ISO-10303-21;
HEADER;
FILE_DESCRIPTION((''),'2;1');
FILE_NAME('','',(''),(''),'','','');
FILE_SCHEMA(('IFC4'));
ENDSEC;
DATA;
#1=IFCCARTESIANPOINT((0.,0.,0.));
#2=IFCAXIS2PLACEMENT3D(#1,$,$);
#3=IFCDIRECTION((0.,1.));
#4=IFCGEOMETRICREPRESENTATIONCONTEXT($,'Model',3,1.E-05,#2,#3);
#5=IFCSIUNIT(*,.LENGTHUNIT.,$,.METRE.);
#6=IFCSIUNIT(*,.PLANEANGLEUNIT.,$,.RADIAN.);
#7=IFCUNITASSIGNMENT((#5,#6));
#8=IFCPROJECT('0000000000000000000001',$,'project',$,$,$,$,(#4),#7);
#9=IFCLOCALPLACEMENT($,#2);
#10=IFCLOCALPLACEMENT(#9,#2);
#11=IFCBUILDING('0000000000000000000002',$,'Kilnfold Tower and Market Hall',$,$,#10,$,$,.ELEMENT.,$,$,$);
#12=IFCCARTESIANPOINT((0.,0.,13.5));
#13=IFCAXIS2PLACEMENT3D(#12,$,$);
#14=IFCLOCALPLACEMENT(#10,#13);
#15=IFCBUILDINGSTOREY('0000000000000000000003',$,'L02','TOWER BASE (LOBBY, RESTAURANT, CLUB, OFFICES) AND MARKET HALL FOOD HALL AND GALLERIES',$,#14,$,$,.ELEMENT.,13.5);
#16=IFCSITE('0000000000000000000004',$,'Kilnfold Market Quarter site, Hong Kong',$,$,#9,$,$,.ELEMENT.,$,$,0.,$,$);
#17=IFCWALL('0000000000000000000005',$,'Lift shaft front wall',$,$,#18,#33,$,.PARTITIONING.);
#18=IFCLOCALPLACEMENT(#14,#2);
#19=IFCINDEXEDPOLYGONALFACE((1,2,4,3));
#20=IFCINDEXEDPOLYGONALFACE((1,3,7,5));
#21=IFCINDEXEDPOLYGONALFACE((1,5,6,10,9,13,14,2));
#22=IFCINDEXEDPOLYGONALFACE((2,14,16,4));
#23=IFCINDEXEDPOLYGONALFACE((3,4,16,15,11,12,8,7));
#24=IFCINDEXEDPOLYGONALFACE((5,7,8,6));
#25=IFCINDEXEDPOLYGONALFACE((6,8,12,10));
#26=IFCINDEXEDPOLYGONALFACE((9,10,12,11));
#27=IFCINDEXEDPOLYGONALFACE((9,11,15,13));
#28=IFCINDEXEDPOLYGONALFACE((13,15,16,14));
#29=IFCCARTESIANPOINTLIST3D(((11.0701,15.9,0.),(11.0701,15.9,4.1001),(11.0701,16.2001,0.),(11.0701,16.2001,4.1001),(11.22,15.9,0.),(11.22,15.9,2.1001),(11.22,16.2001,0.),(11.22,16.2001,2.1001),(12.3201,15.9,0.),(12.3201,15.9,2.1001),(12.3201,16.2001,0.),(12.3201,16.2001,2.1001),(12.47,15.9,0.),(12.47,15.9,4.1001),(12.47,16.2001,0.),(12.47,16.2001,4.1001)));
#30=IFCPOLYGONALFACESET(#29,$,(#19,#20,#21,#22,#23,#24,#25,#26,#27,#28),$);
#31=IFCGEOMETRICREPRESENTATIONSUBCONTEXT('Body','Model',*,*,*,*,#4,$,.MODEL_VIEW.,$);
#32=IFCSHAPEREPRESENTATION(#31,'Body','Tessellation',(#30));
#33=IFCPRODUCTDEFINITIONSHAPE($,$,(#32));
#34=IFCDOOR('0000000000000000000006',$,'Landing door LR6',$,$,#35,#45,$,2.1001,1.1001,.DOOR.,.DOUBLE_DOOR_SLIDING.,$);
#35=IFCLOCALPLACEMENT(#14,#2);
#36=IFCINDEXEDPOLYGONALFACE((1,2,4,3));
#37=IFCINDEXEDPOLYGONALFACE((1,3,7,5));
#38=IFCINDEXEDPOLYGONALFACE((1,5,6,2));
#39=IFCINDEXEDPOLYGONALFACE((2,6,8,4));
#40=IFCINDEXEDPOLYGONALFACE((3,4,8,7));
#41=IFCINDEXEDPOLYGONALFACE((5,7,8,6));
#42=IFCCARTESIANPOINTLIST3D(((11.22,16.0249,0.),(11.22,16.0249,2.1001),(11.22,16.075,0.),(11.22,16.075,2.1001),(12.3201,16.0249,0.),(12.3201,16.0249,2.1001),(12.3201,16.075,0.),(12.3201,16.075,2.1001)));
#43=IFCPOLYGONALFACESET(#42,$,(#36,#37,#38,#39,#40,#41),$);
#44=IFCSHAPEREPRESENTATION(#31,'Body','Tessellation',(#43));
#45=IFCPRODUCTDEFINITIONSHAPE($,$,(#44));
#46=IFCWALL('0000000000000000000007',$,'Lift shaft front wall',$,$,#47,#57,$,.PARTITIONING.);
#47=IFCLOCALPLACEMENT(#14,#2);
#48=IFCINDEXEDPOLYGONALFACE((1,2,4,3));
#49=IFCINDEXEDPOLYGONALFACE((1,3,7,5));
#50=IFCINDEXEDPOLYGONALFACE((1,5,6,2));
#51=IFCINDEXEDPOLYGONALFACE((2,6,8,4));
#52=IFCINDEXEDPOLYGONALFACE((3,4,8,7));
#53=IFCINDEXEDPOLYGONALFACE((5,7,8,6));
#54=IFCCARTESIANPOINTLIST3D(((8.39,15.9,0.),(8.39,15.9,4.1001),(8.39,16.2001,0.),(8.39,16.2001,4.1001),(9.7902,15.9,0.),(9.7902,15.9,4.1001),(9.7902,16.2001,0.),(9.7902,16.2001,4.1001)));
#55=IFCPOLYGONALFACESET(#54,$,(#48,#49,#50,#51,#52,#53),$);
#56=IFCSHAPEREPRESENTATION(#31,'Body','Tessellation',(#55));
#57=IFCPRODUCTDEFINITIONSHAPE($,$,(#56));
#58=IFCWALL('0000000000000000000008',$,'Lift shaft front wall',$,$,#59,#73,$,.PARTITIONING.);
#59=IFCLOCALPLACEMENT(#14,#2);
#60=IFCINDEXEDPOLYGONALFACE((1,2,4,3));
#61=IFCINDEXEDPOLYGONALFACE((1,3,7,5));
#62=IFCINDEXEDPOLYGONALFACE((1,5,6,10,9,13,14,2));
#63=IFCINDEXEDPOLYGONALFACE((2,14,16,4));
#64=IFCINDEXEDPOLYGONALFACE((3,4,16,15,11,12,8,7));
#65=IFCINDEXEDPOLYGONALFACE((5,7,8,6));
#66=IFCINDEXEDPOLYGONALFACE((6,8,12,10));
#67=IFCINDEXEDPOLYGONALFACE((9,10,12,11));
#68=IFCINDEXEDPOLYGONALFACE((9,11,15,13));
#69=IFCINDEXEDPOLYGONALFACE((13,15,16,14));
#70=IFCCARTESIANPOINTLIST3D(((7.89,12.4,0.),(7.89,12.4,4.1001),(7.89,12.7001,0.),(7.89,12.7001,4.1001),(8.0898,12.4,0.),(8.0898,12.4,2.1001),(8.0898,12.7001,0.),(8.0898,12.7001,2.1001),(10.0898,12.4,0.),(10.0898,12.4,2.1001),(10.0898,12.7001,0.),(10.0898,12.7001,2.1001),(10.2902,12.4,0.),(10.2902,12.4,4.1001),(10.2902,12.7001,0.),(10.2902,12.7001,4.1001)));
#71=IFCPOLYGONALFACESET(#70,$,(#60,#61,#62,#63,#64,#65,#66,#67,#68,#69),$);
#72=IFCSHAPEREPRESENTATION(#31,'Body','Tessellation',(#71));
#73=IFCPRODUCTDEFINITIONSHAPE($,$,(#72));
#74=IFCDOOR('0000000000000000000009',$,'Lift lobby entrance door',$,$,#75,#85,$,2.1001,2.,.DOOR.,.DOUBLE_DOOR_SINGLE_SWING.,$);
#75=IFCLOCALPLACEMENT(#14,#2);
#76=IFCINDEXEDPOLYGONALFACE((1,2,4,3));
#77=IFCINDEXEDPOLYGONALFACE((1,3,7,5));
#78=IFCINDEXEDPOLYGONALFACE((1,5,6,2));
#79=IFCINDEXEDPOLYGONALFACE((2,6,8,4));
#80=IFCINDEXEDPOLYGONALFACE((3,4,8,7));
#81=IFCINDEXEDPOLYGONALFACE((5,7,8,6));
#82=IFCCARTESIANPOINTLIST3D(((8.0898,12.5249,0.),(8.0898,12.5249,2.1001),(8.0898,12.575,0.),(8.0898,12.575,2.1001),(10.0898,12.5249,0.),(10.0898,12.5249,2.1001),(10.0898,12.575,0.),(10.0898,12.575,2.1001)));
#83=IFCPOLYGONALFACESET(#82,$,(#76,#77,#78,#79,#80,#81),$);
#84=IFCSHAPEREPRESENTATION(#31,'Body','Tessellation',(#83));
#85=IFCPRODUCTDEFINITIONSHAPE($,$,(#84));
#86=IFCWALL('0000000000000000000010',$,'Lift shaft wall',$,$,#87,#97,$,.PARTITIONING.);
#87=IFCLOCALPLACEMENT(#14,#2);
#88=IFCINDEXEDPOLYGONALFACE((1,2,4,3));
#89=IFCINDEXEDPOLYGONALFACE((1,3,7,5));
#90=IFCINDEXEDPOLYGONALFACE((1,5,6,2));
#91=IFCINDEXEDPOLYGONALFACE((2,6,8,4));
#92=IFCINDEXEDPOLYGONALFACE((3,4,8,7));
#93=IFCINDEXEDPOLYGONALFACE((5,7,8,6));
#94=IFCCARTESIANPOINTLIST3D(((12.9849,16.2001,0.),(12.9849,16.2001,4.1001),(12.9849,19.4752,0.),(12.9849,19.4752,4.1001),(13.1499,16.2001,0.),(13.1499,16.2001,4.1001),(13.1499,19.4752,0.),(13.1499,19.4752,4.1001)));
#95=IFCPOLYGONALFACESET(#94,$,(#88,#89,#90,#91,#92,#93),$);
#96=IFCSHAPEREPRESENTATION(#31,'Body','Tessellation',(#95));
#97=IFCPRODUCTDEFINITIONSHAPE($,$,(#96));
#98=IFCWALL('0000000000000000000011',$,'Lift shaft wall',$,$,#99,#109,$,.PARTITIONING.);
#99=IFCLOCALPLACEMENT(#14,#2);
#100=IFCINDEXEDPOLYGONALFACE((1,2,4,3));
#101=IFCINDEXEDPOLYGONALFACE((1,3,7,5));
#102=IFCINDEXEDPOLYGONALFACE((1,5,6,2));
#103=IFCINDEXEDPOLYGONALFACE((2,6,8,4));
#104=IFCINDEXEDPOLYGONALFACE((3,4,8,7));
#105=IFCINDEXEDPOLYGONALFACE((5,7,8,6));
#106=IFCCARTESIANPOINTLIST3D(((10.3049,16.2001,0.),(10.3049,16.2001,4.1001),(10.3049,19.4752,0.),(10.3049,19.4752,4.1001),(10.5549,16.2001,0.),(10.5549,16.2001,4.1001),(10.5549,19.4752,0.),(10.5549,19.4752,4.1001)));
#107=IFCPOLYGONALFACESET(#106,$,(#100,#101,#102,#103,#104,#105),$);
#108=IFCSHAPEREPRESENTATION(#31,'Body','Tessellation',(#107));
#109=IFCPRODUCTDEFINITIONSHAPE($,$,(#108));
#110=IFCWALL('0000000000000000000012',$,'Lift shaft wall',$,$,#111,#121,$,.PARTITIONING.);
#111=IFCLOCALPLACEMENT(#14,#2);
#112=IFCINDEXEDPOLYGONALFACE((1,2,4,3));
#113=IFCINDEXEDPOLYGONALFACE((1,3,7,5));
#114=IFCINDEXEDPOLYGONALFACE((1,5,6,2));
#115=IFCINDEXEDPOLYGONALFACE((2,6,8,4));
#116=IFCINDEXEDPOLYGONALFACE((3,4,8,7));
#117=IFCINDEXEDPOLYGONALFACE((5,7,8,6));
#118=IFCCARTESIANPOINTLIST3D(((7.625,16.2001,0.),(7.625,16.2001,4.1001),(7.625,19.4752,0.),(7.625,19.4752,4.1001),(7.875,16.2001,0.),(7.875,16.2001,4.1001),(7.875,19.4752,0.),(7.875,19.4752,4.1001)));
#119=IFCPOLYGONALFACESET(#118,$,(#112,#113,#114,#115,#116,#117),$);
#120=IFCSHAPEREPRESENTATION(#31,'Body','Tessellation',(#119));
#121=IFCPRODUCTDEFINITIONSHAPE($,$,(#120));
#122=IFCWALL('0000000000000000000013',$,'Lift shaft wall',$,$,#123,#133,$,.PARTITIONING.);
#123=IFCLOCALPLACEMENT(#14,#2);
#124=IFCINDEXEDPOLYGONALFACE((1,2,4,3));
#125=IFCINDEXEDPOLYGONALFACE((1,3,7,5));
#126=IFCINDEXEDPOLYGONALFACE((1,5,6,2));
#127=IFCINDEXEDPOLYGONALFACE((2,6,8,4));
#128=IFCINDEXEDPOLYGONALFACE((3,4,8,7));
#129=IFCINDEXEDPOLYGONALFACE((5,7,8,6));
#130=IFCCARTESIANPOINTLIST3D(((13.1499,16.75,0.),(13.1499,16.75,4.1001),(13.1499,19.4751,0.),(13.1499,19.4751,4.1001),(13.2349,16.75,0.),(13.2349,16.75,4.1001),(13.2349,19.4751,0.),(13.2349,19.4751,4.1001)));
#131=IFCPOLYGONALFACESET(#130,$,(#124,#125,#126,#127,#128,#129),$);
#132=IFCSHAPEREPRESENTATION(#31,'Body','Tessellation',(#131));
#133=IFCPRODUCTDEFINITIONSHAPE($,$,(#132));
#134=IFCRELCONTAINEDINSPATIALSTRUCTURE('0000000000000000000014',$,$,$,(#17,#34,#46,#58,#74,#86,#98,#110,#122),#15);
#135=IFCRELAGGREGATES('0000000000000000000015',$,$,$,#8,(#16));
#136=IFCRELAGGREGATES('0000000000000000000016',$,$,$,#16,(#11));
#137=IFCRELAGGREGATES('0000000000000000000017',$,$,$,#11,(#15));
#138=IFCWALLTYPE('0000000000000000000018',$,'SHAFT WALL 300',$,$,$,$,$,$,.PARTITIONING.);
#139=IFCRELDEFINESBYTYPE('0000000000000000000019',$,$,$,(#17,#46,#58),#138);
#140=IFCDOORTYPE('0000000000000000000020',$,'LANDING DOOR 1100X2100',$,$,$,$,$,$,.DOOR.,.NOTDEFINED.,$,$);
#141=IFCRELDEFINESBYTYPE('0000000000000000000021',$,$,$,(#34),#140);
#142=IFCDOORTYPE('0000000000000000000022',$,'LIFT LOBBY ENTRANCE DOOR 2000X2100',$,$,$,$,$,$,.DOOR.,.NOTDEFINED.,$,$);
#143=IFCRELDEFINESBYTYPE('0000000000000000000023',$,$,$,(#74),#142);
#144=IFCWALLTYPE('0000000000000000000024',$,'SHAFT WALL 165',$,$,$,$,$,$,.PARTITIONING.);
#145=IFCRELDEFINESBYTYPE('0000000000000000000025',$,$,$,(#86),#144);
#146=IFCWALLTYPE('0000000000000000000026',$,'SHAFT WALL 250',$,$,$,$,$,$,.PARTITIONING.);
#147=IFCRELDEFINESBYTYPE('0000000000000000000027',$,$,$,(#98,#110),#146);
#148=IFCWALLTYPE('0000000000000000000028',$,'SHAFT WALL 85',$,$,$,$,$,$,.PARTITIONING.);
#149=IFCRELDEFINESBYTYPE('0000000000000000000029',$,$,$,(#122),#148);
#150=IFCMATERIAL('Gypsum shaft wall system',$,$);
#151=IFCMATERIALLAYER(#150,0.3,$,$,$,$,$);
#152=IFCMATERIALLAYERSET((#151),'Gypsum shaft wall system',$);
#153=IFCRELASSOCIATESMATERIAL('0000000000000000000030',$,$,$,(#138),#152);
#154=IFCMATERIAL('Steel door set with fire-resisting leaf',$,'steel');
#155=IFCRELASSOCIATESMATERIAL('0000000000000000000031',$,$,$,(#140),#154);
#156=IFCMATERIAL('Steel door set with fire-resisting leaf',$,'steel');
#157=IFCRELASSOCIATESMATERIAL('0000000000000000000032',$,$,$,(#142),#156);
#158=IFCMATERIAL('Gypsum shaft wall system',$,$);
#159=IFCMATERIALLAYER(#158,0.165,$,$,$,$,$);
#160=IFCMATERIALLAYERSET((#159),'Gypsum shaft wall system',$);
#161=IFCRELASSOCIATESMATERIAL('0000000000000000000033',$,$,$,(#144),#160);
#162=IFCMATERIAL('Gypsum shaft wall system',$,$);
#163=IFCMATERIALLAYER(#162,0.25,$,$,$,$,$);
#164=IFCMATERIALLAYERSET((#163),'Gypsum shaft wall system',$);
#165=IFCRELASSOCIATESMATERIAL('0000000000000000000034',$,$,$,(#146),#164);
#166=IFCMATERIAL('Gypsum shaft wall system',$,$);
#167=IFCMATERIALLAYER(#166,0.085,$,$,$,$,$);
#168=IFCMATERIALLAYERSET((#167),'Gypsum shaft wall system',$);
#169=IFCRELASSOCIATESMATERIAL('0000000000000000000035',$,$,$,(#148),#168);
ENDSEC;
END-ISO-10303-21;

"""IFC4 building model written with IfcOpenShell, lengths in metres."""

from ifc_helpers import new_model, si_unit, direction, frame, frame_2d, origin, place, context, subcontext, project, spatial, rectangle, extrude, source, transform, mapped, material, layer, layer_set, type_object, element, fill, save


model = new_model("IFC4")

# Units and contexts
model_context = context("Model", 3, precision=1e-05, world=origin(), true_north=direction((0.0, 1.0)))
body_context = subcontext(model_context, "Body", "Model", "MODEL_VIEW")
ifc_project = project(units=[si_unit("LENGTHUNIT", "METRE"), si_unit("PLANEANGLEUNIT", "RADIAN")], contexts=[model_context])

# Site, building, storey
site_placement = place(None, origin())
site = spatial("IfcSite", under=ifc_project, at=site_placement, Name="Kilnfold Market Quarter site, Hong Kong", CompositionType="ELEMENT", RefElevation=0.0)
building_placement = place(site_placement, origin())
building = spatial("IfcBuilding", under=site, at=building_placement, Name="Kilnfold Tower and Market Hall", CompositionType="ELEMENT")
storey_placement = place(building_placement, frame((0.0, 0.0, 13.5)))
storey = spatial("IfcBuildingStorey", under=building, at=storey_placement, Name="L02", Description="TOWER BASE (LOBBY, RESTAURANT, CLUB, OFFICES) AND MARKET HALL FOOD HALL AND GALLERIES", CompositionType="ELEMENT", Elevation=13.5)

# Wall, opening, door
ifc_material_1 = material(Name="Gypsum shaft wall system")
ifc_layer_1 = layer(ifc_material_1, 0.3)
ifc_layer_set_1 = layer_set([ifc_layer_1], Name="Gypsum shaft wall system")
wall_type_1 = type_object("IfcWallType", Name="SHAFT WALL 300", PredefinedType="PARTITIONING", material=ifc_layer_set_1)
shared_shape_1 = source(origin(), body_context, "Body", "SweptSolid", [
    extrude(rectangle(XDim=1.3999, YDim=0.3, at=frame_2d((0.7, 0.0))), origin(), (0.0, 0.0, 1.0), 4.1001),
])
wall_1_placement = place(storey_placement, frame((11.0701, 16.05, 0.0), z_axis=(0.0, 0.0, 1.0), x_axis=(1.0, 0.0, 0.0)))
wall_1 = element("IfcWall", 1, at=wall_1_placement, inside=storey, type_object=wall_type_1, Name="Lift shaft front wall", PredefinedType="PARTITIONING", context=body_context, shape_type="MappedRepresentation", body=[
    mapped(shared_shape_1, transform((0.0, 0.0, 0.0))),
])
opening_1_placement = place(wall_1_placement, frame((0.1499, 0.0, 0.0)))
opening_1 = element("IfcOpeningElement", 2, at=opening_1_placement, cuts=wall_1, PredefinedType="OPENING", context=body_context, shape_type="SweptSolid", body=[
    extrude(rectangle(XDim=1.1001, YDim=2.1001, at=frame_2d((0.55, 1.05))), frame((0.0, 0.1602, 0.0), z_axis=(0.0, -1.0, 0.0), x_axis=(1.0, 0.0, 0.0)), (0.0, 0.0, 1.0), 0.3201),
])
ifc_material_2 = material(Name="Steel door set with fire-resisting leaf", Category="steel")
door_type_1 = type_object("IfcDoorType", Name="LANDING DOOR 1100X2100", OperationType="NOTDEFINED", PredefinedType="DOOR", material=ifc_material_2)
door_1_placement = place(opening_1_placement, origin())
door_1 = element("IfcDoor", 3, at=door_1_placement, inside=storey, type_object=door_type_1, Name="Landing door LR6", OperationType="DOUBLE_DOOR_SLIDING", OverallHeight=2.1001, OverallWidth=1.1001, PredefinedType="DOOR", context=body_context, shape_type="SweptSolid", body=[
    extrude(rectangle(XDim=1.1001, YDim=2.1001, at=frame_2d((0.55, 1.05))), frame((0.0, 0.0249, 0.0), z_axis=(0.0, -1.0, 0.0), x_axis=(1.0, 0.0, 0.0)), (0.0, 0.0, 1.0), 0.05),
])
fill(opening_1, door_1)

# Wall
shared_shape_2 = source(origin(), body_context, "Body", "SweptSolid", [
    extrude(rectangle(XDim=1.4001, YDim=0.3, at=frame_2d((0.7002, 0.0))), origin(), (0.0, 0.0, 1.0), 4.1001),
])
wall_2_placement = place(storey_placement, frame((8.3899, 16.05, 0.0), z_axis=(0.0, 0.0, 1.0), x_axis=(1.0, 0.0, 0.0)))
element("IfcWall", 4, at=wall_2_placement, inside=storey, type_object=wall_type_1, Name="Lift shaft front wall", PredefinedType="PARTITIONING", context=body_context, shape_type="MappedRepresentation", body=[
    mapped(shared_shape_2, transform((0.0, 0.0, 0.0))),
])

# Wall, opening, door
shared_shape_3 = source(origin(), body_context, "Body", "SweptSolid", [
    extrude(rectangle(XDim=2.4001, YDim=0.3, at=frame_2d((1.2002, 0.0))), origin(), (0.0, 0.0, 1.0), 4.1001),
])
wall_3_placement = place(storey_placement, frame((7.8899, 12.55, 0.0), z_axis=(0.0, 0.0, 1.0), x_axis=(1.0, 0.0, 0.0)))
wall_3 = element("IfcWall", 5, at=wall_3_placement, inside=storey, type_object=wall_type_1, Name="Lift shaft front wall", PredefinedType="PARTITIONING", context=body_context, shape_type="MappedRepresentation", body=[
    mapped(shared_shape_3, transform((0.0, 0.0, 0.0))),
])
opening_2_placement = place(wall_3_placement, frame((0.2, 0.0, 0.0)))
opening_2 = element("IfcOpeningElement", 6, at=opening_2_placement, cuts=wall_3, PredefinedType="OPENING", context=body_context, shape_type="SweptSolid", body=[
    extrude(rectangle(XDim=2.0, YDim=2.1001, at=frame_2d((1.0, 1.05))), frame((0.0, 0.1602, 0.0), z_axis=(0.0, -1.0, 0.0), x_axis=(1.0, 0.0, 0.0)), (0.0, 0.0, 1.0), 0.3201),
])
ifc_material_3 = material(Name="Steel door set with fire-resisting leaf", Category="steel")
door_type_2 = type_object("IfcDoorType", Name="LIFT LOBBY ENTRANCE DOOR 2000X2100", OperationType="NOTDEFINED", PredefinedType="DOOR", material=ifc_material_3)
door_2_placement = place(opening_2_placement, origin())
door_2 = element("IfcDoor", 7, at=door_2_placement, inside=storey, type_object=door_type_2, Name="Lift lobby entrance door", OperationType="DOUBLE_DOOR_SINGLE_SWING", OverallHeight=2.1001, OverallWidth=2.0, PredefinedType="DOOR", context=body_context, shape_type="SweptSolid", body=[
    extrude(rectangle(XDim=2.0, YDim=2.1001, at=frame_2d((1.0, 1.05))), frame((0.0, 0.0249, 0.0), z_axis=(0.0, -1.0, 0.0), x_axis=(1.0, 0.0, 0.0)), (0.0, 0.0, 1.0), 0.05),
])
fill(opening_2, door_2)

# Walls
ifc_material_4 = material(Name="Gypsum shaft wall system")
ifc_layer_2 = layer(ifc_material_4, 0.165)
ifc_layer_set_2 = layer_set([ifc_layer_2], Name="Gypsum shaft wall system")
wall_type_2 = type_object("IfcWallType", Name="SHAFT WALL 165", PredefinedType="PARTITIONING", material=ifc_layer_set_2)
shared_shape_4 = source(origin(), body_context, "Body", "SweptSolid", [
    extrude(rectangle(XDim=3.2751, YDim=0.165, at=frame_2d((1.6377, 0.0))), origin(), (0.0, 0.0, 1.0), 4.1001),
])
wall_4_placement = place(storey_placement, frame((13.0674, 16.2, 0.0), z_axis=(0.0, 0.0, 1.0), x_axis=(0.0, 1.0, 0.0)))
element("IfcWall", 8, at=wall_4_placement, inside=storey, type_object=wall_type_2, Name="Lift shaft wall", PredefinedType="PARTITIONING", context=body_context, shape_type="MappedRepresentation", body=[
    mapped(shared_shape_4, transform((0.0, 0.0, 0.0))),
])
ifc_material_5 = material(Name="Gypsum shaft wall system")
ifc_layer_3 = layer(ifc_material_5, 0.25)
ifc_layer_set_3 = layer_set([ifc_layer_3], Name="Gypsum shaft wall system")
wall_type_3 = type_object("IfcWallType", Name="SHAFT WALL 250", PredefinedType="PARTITIONING", material=ifc_layer_set_3)
shared_shape_5 = source(origin(), body_context, "Body", "SweptSolid", [
    extrude(rectangle(XDim=3.2751, YDim=0.25, at=frame_2d((1.6377, 0.0))), origin(), (0.0, 0.0, 1.0), 4.1001),
])
for number, where, z_axis, x_axis, name in (
    (9, (10.4299, 16.2, 0.0), (0.0, 0.0, 1.0), (0.0, 1.0, 0.0), "Lift shaft wall"),
    (10, (7.75, 16.2, 0.0), (0.0, 0.0, 1.0), (0.0, 1.0, 0.0), "Lift shaft wall"),
):
    element("IfcWall", number, at=place(storey_placement, frame(where, z_axis=z_axis, x_axis=x_axis)), inside=storey, type_object=wall_type_3, Name=name, PredefinedType="PARTITIONING", context=body_context, shape_type="MappedRepresentation", body=[
        mapped(shared_shape_5, transform((0.0, 0.0, 0.0))),
    ])
ifc_material_6 = material(Name="Gypsum shaft wall system")
ifc_layer_4 = layer(ifc_material_6, 0.085)
ifc_layer_set_4 = layer_set([ifc_layer_4], Name="Gypsum shaft wall system")
wall_type_4 = type_object("IfcWallType", Name="SHAFT WALL 85", PredefinedType="PARTITIONING", material=ifc_layer_set_4)
shared_shape_6 = source(origin(), body_context, "Body", "SweptSolid", [
    extrude(rectangle(XDim=2.7251, YDim=0.085, at=frame_2d((1.3625, 0.0))), origin(), (0.0, 0.0, 1.0), 4.1001),
])
wall_5_placement = place(storey_placement, frame((13.1924, 16.75, 0.0), z_axis=(0.0, 0.0, 1.0), x_axis=(0.0, 1.0, 0.0)))
element("IfcWall", 11, at=wall_5_placement, inside=storey, type_object=wall_type_4, Name="Lift shaft wall", PredefinedType="PARTITIONING", context=body_context, shape_type="MappedRepresentation", body=[
    mapped(shared_shape_6, transform((0.0, 0.0, 0.0))),
])

save(model, "model.ifc")
